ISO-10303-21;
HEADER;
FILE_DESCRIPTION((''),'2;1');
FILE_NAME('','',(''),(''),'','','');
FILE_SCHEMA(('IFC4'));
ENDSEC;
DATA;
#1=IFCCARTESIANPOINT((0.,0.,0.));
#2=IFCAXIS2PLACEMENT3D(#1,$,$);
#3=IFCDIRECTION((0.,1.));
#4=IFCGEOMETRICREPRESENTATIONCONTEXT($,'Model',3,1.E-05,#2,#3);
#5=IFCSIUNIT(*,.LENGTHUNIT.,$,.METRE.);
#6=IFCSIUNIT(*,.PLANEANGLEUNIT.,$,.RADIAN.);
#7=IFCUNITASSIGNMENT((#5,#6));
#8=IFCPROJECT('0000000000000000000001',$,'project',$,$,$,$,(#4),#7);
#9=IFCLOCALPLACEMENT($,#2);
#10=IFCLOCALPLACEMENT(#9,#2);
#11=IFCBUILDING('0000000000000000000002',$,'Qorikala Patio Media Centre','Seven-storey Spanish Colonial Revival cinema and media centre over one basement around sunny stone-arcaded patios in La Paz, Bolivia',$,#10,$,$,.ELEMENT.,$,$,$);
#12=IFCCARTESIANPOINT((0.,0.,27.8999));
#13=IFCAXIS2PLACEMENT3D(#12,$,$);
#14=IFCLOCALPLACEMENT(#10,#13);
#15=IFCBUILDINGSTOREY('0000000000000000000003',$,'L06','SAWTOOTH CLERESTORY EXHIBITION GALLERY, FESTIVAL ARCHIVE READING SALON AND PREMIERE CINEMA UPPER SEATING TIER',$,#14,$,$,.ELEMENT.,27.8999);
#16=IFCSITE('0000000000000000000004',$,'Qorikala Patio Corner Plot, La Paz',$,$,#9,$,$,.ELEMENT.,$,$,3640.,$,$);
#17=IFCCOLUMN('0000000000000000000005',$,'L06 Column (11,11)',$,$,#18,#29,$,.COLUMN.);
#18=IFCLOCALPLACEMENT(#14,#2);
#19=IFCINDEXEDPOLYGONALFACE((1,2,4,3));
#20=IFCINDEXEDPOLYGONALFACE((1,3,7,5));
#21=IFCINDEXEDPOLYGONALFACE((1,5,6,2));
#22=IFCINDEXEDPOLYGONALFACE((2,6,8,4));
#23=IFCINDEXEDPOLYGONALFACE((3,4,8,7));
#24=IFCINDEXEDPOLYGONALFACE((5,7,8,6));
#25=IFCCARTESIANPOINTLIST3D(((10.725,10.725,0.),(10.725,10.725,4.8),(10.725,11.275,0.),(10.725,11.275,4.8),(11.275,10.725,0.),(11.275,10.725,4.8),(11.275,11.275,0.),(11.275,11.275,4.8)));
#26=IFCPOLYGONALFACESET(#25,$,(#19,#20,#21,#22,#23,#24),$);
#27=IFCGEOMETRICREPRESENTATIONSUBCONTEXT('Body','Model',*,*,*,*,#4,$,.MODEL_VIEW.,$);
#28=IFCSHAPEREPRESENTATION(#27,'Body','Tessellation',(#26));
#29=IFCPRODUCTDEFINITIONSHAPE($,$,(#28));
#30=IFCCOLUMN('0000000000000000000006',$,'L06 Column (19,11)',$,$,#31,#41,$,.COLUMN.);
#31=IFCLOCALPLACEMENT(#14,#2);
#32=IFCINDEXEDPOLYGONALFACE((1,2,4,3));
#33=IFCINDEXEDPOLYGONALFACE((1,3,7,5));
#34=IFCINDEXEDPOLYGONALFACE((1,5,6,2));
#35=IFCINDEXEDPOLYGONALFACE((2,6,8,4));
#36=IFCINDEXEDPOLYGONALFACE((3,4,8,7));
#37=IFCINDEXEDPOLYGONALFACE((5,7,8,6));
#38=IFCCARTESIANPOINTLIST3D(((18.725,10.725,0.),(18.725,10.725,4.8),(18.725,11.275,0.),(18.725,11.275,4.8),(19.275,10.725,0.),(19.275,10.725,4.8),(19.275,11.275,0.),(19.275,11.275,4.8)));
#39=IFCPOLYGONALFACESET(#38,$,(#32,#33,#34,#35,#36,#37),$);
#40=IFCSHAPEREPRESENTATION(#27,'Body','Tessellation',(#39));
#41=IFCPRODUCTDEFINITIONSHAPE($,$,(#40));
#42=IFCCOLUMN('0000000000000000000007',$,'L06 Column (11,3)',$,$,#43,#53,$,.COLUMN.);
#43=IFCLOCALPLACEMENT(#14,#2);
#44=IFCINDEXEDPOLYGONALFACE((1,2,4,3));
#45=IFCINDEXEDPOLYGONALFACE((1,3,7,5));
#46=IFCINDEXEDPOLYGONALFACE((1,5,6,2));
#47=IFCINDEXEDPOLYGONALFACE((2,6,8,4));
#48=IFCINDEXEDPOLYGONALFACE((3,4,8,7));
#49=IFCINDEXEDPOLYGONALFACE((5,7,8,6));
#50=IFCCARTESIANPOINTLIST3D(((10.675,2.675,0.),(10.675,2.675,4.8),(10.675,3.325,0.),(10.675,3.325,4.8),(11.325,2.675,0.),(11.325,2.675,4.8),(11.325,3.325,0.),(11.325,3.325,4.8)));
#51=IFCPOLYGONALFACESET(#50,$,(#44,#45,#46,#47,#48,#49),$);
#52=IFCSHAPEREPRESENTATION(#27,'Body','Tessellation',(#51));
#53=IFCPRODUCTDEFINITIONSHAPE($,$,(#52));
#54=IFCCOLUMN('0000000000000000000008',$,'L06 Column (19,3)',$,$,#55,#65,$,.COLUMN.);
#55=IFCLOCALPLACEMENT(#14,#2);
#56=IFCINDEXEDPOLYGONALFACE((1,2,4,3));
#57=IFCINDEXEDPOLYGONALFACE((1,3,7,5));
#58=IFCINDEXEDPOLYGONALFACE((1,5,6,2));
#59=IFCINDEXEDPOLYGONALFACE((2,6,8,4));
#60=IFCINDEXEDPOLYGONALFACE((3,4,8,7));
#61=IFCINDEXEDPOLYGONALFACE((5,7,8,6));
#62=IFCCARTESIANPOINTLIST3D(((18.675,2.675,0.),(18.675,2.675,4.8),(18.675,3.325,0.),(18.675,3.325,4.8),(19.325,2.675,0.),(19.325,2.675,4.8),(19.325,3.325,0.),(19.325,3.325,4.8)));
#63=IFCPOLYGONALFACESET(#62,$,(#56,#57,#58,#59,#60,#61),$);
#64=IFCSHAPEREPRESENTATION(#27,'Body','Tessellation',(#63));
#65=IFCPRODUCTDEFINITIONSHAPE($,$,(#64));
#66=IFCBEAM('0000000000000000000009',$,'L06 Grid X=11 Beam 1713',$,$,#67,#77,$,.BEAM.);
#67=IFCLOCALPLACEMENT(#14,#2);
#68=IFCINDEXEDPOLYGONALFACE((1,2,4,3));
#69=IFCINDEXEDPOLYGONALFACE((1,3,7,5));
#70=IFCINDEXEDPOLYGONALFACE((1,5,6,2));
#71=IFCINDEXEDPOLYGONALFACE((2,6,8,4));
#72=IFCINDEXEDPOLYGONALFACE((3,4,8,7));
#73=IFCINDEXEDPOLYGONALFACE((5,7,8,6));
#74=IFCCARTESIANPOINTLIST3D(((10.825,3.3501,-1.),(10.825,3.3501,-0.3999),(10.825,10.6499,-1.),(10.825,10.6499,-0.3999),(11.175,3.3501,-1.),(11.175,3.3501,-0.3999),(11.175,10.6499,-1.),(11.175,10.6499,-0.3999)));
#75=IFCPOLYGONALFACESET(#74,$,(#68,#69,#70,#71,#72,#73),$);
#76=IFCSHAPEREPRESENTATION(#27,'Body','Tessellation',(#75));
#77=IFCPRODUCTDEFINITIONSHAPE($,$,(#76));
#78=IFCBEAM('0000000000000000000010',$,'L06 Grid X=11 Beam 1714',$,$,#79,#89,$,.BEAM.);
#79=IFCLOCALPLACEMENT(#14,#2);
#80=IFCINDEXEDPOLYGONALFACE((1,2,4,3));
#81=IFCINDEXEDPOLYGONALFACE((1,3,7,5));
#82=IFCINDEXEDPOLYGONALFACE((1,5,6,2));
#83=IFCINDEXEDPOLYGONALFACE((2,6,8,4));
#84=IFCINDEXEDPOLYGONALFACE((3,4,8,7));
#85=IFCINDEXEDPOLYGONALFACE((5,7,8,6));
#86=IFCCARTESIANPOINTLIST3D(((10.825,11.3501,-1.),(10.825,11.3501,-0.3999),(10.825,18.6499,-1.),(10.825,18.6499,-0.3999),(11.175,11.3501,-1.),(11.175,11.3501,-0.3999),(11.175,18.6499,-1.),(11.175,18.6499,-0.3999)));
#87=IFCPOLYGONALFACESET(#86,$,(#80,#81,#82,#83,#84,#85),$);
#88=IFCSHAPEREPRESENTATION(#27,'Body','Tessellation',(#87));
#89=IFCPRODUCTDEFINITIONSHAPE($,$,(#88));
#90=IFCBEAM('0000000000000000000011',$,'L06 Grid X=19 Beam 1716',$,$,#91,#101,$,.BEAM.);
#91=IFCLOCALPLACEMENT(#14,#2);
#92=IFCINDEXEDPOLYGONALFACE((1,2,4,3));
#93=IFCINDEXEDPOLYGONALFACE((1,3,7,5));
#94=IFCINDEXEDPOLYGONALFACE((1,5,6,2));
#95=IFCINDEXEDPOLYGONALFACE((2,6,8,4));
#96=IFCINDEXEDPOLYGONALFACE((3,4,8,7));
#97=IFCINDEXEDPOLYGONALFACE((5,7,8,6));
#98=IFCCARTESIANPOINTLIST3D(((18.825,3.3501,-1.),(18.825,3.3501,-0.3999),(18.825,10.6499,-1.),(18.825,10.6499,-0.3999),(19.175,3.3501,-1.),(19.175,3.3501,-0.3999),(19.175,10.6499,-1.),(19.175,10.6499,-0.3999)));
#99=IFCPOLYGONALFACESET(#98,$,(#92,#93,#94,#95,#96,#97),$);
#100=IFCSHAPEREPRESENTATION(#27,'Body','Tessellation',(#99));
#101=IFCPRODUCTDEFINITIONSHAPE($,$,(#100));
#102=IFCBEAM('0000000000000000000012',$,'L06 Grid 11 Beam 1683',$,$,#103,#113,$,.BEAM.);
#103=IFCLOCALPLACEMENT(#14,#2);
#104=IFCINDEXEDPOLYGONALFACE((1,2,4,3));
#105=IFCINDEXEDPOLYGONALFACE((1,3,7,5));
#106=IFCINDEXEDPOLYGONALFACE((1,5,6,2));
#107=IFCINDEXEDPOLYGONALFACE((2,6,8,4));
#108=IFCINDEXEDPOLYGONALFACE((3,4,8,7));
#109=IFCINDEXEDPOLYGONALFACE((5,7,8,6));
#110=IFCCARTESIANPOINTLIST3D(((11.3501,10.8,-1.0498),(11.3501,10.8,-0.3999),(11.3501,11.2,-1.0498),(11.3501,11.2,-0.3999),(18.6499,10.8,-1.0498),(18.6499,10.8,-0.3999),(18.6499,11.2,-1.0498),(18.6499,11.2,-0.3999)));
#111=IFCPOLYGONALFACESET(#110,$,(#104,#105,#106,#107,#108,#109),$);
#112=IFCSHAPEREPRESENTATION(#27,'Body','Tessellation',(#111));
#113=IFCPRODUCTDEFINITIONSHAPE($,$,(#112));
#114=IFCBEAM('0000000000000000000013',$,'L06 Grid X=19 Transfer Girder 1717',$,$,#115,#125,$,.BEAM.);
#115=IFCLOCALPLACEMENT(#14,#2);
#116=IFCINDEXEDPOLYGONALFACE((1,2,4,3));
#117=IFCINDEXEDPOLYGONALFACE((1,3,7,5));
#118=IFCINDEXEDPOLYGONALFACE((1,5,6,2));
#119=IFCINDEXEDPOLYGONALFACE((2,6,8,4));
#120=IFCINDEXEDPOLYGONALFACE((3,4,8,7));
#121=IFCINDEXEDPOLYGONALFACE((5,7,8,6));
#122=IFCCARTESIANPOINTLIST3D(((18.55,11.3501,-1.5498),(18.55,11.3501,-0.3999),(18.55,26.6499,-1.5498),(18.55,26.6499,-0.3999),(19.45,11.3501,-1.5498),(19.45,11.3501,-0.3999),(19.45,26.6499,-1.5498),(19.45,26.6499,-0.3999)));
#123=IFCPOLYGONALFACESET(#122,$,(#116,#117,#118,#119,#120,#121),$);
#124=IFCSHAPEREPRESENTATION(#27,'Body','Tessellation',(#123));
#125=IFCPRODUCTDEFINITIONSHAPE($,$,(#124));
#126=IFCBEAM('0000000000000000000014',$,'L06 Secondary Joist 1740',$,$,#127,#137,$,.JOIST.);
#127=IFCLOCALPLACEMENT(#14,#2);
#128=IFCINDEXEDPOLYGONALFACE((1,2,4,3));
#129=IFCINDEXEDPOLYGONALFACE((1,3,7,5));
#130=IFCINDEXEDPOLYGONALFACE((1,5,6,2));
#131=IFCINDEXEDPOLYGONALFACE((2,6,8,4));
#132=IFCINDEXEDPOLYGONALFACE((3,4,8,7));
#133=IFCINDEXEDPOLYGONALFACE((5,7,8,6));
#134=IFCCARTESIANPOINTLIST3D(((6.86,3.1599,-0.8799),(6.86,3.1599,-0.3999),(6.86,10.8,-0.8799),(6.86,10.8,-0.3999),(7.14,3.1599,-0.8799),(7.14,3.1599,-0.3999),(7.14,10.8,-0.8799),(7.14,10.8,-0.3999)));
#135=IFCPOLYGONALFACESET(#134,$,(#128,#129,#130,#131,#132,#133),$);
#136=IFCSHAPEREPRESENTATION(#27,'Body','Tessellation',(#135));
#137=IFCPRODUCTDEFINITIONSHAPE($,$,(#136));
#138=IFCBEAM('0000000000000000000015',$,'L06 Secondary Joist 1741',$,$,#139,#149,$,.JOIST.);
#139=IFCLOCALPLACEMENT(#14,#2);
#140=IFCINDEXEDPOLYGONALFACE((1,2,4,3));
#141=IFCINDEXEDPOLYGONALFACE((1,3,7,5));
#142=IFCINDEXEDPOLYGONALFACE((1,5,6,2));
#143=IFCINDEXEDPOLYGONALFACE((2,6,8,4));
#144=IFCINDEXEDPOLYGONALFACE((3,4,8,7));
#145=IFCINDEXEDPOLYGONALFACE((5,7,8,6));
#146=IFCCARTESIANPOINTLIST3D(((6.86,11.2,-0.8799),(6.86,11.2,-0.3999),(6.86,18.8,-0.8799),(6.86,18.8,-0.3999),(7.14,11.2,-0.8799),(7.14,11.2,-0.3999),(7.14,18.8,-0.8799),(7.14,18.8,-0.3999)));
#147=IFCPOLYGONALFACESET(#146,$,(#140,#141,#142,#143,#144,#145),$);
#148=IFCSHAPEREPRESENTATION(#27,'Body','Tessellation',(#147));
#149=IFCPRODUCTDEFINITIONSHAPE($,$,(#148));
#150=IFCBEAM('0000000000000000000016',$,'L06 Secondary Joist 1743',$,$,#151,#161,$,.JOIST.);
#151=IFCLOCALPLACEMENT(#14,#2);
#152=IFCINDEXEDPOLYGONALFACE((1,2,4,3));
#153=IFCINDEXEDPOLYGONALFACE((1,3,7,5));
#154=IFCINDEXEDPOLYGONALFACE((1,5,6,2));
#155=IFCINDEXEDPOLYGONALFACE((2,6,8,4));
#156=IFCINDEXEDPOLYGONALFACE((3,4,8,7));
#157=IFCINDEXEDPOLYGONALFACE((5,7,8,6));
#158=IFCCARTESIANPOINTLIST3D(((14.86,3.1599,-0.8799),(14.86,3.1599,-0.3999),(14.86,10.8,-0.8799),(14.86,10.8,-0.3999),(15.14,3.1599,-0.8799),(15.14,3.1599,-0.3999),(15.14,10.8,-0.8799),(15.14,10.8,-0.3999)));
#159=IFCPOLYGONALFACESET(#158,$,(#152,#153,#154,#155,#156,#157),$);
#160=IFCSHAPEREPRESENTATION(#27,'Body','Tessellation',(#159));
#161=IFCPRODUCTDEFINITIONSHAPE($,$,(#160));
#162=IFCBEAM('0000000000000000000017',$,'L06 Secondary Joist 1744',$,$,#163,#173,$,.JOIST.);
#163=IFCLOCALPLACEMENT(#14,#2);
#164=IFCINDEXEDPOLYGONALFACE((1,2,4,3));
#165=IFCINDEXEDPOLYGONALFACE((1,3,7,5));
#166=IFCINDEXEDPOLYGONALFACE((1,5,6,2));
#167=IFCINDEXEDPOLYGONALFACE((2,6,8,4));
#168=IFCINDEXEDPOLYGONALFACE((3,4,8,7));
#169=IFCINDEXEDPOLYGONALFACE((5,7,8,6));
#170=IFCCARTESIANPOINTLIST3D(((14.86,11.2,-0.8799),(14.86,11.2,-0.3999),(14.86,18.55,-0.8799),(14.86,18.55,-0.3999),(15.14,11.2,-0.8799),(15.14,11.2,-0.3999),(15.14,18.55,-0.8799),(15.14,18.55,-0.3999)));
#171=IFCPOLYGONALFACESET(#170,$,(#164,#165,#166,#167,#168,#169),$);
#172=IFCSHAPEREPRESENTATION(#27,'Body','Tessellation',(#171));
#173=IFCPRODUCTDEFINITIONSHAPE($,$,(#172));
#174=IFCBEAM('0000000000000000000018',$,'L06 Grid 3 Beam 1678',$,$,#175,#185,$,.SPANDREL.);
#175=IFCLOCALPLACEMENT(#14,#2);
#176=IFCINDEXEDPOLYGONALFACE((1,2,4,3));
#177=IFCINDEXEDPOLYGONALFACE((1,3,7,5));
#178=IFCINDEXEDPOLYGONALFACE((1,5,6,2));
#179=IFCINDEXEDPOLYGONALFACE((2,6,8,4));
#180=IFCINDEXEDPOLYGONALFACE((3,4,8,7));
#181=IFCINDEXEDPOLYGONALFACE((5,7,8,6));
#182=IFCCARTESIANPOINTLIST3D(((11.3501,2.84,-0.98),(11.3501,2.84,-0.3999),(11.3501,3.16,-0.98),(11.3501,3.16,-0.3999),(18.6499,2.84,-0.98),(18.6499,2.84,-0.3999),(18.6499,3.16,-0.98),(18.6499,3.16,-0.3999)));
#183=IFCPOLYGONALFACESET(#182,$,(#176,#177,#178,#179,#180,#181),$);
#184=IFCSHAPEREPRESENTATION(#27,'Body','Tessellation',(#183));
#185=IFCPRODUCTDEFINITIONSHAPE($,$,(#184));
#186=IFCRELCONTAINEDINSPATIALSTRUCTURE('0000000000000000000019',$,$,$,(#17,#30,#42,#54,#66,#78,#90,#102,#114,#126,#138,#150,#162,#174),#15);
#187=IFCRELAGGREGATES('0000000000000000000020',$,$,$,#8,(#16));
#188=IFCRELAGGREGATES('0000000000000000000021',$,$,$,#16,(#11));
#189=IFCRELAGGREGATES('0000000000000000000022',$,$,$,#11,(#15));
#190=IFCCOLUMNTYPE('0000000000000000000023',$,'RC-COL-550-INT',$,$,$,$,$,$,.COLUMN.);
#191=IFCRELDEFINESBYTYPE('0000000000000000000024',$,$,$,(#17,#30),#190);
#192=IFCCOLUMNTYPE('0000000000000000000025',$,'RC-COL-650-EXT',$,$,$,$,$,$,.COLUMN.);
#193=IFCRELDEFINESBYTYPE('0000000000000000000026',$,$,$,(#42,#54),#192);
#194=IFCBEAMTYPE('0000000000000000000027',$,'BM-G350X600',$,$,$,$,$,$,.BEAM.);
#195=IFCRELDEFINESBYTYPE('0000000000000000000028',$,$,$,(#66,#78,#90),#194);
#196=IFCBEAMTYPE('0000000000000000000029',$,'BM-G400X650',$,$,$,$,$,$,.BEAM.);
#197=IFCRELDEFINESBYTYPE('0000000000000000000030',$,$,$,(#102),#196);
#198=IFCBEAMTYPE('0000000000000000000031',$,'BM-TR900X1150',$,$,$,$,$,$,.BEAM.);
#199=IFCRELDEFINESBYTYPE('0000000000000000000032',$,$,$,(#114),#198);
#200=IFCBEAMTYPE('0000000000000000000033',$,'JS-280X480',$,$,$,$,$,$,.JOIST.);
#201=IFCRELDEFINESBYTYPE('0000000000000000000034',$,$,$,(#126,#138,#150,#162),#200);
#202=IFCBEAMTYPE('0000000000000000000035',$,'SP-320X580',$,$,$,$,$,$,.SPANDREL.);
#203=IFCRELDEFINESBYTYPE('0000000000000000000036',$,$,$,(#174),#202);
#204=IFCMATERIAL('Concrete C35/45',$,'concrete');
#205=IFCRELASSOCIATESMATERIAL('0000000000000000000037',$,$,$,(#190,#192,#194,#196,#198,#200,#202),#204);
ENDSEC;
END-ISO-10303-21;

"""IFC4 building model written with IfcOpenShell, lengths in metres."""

from ifc_helpers import new_model, si_unit, direction, frame, origin, origin_2d, place, context, subcontext, project, spatial, rectangle, extrude, material, material_profile, profile_set, type_object, element, save


model = new_model("IFC4")

# Units and contexts
model_context = context("Model", 3, precision=1e-05, world=origin(), true_north=direction((0.0, 1.0)))
body_context = subcontext(model_context, "Body", "Model", "MODEL_VIEW")
ifc_project = project(units=[si_unit("LENGTHUNIT", "METRE"), si_unit("PLANEANGLEUNIT", "RADIAN")], contexts=[model_context])

# Site, building, storey
site_placement = place(None, origin())
site = spatial("IfcSite", under=ifc_project, at=site_placement, Name="Qorikala Patio Corner Plot, La Paz", CompositionType="ELEMENT", RefElevation=3640.0)
building_placement = place(site_placement, origin())
building = spatial("IfcBuilding", under=site, at=building_placement, Name="Qorikala Patio Media Centre", Description="Seven-storey Spanish Colonial Revival cinema and media centre over one basement around sunny stone-arcaded patios in La Paz, Bolivia", CompositionType="ELEMENT")
storey_placement = place(building_placement, frame((0.0, 0.0, 27.8999)))
storey = spatial("IfcBuildingStorey", under=building, at=storey_placement, Name="L06", Description="SAWTOOTH CLERESTORY EXHIBITION GALLERY, FESTIVAL ARCHIVE READING SALON AND PREMIERE CINEMA UPPER SEATING TIER", CompositionType="ELEMENT", Elevation=27.8999)

# Columns
ifc_material_1 = material(Name="Concrete C35/45", Category="concrete")
ifc_material_profile_1 = material_profile(ifc_material_1, rectangle(XDim=0.55, YDim=0.55, at=origin_2d()), Name="RC 550x550")
ifc_profile_set_1 = profile_set([ifc_material_profile_1], Name="Concrete C35/45")
column_type_1 = type_object("IfcColumnType", Name="RC-COL-550-INT", PredefinedType="COLUMN", material=ifc_profile_set_1)
for number, where, z_axis, x_axis, name in (
    (1, (11.0, 11.0, 0.0), (0.0, 0.0, 1.0), (1.0, 0.0, 0.0), "L06 Column (11,11)"),
    (2, (19.0, 11.0, 0.0), (0.0, 0.0, 1.0), (1.0, 0.0, 0.0), "L06 Column (19,11)"),
):
    element("IfcColumn", number, at=place(storey_placement, frame(where, z_axis=z_axis, x_axis=x_axis)), inside=storey, type_object=column_type_1, Name=name, PredefinedType="COLUMN", context=body_context, shape_type="SweptSolid", body=[
        extrude(rectangle(XDim=0.55, YDim=0.55, at=origin_2d()), origin(), (0.0, 0.0, 1.0), 4.8),
    ])
ifc_material_profile_2 = material_profile(ifc_material_1, rectangle(XDim=0.6499, YDim=0.6499, at=origin_2d()), Name="RC 650x650")
ifc_profile_set_2 = profile_set([ifc_material_profile_2], Name="Concrete C35/45")
column_type_2 = type_object("IfcColumnType", Name="RC-COL-650-EXT", PredefinedType="COLUMN", material=ifc_profile_set_2)
for number, where, z_axis, x_axis, name in (
    (3, (11.0, 3.0, 0.0), (0.0, 0.0, 1.0), (1.0, 0.0, 0.0), "L06 Column (11,3)"),
    (4, (19.0, 3.0, 0.0), (0.0, 0.0, 1.0), (1.0, 0.0, 0.0), "L06 Column (19,3)"),
):
    element("IfcColumn", number, at=place(storey_placement, frame(where, z_axis=z_axis, x_axis=x_axis)), inside=storey, type_object=column_type_2, Name=name, PredefinedType="COLUMN", context=body_context, shape_type="SweptSolid", body=[
        extrude(rectangle(XDim=0.6499, YDim=0.6499, at=origin_2d()), origin(), (0.0, 0.0, 1.0), 4.8),
    ])

# Beams
ifc_material_profile_3 = material_profile(ifc_material_1, rectangle(XDim=0.3501, YDim=0.6001, at=origin_2d()), Name="RC 350x600")
ifc_profile_set_3 = profile_set([ifc_material_profile_3], Name="Concrete C35/45")
beam_type_1 = type_object("IfcBeamType", Name="BM-G350X600", PredefinedType="BEAM", material=ifc_profile_set_3)
for number, where, z_axis, x_axis, name in (
    (5, (11.0, 3.3501, -0.7), (0.0, 1.0, 0.0), (-1.0, 0.0, 0.0), "L06 Grid X=11 Beam 1713"),
    (6, (11.0, 11.3501, -0.7), (0.0, 1.0, 0.0), (-1.0, 0.0, 0.0), "L06 Grid X=11 Beam 1714"),
    (7, (19.0, 3.3501, -0.7), (0.0, 1.0, 0.0), (-1.0, 0.0, 0.0), "L06 Grid X=19 Beam 1716"),
):
    element("IfcBeam", number, at=place(storey_placement, frame(where, z_axis=z_axis, x_axis=x_axis)), inside=storey, type_object=beam_type_1, Name=name, PredefinedType="BEAM", context=body_context, shape_type="SweptSolid", body=[
        extrude(rectangle(XDim=0.3501, YDim=0.6001, at=origin_2d()), origin(), (0.0, 0.0, 1.0), 7.2998),
    ])
ifc_material_profile_4 = material_profile(ifc_material_1, rectangle(XDim=0.3999, YDim=0.6499, at=origin_2d()), Name="RC 400x650")
ifc_profile_set_4 = profile_set([ifc_material_profile_4], Name="Concrete C35/45")
beam_type_2 = type_object("IfcBeamType", Name="BM-G400X650", PredefinedType="BEAM", material=ifc_profile_set_4)
beam_1_placement = place(storey_placement, frame((11.3501, 11.0, -0.7249), z_axis=(1.0, 0.0, 0.0), x_axis=(0.0, 1.0, 0.0)))
element("IfcBeam", 8, at=beam_1_placement, inside=storey, type_object=beam_type_2, Name="L06 Grid 11 Beam 1683", PredefinedType="BEAM", context=body_context, shape_type="SweptSolid", body=[
    extrude(rectangle(XDim=0.3999, YDim=0.6499, at=origin_2d()), origin(), (0.0, 0.0, 1.0), 7.2998),
])
ifc_material_profile_5 = material_profile(ifc_material_1, rectangle(XDim=0.8999, YDim=1.1499, at=origin_2d()), Name="RC 900x1150")
ifc_profile_set_5 = profile_set([ifc_material_profile_5], Name="Concrete C35/45")
beam_type_3 = type_object("IfcBeamType", Name="BM-TR900X1150", PredefinedType="BEAM", material=ifc_profile_set_5)
beam_2_placement = place(storey_placement, frame((19.0, 11.3501, -0.9749), z_axis=(0.0, 1.0, 0.0), x_axis=(-1.0, 0.0, 0.0)))
element("IfcBeam", 9, at=beam_2_placement, inside=storey, type_object=beam_type_3, Name="L06 Grid X=19 Transfer Girder 1717", PredefinedType="BEAM", context=body_context, shape_type="SweptSolid", body=[
    extrude(rectangle(XDim=0.8999, YDim=1.1499, at=origin_2d()), origin(), (0.0, 0.0, 1.0), 15.2998),
])
ifc_material_profile_6 = material_profile(ifc_material_1, rectangle(XDim=0.28, YDim=0.48, at=origin_2d()), Name="RC 280x480")
ifc_profile_set_6 = profile_set([ifc_material_profile_6], Name="Concrete C35/45")
beam_type_4 = type_object("IfcBeamType", Name="JS-280X480", PredefinedType="JOIST", material=ifc_profile_set_6)
beam_3_placement = place(storey_placement, frame((7.0, 3.1599, -0.6399), z_axis=(0.0, 1.0, 0.0), x_axis=(-1.0, 0.0, 0.0)))
element("IfcBeam", 10, at=beam_3_placement, inside=storey, type_object=beam_type_4, Name="L06 Secondary Joist 1740", PredefinedType="JOIST", context=body_context, shape_type="SweptSolid", body=[
    extrude(rectangle(XDim=0.28, YDim=0.48, at=origin_2d()), origin(), (0.0, 0.0, 1.0), 7.6401),
])
beam_4_placement = place(storey_placement, frame((7.0, 11.2, -0.6399), z_axis=(0.0, 1.0, 0.0), x_axis=(-1.0, 0.0, 0.0)))
element("IfcBeam", 11, at=beam_4_placement, inside=storey, type_object=beam_type_4, Name="L06 Secondary Joist 1741", PredefinedType="JOIST", context=body_context, shape_type="SweptSolid", body=[
    extrude(rectangle(XDim=0.28, YDim=0.48, at=origin_2d()), origin(), (0.0, 0.0, 1.0), 7.6001),
])
beam_5_placement = place(storey_placement, frame((15.0, 3.1599, -0.6399), z_axis=(0.0, 1.0, 0.0), x_axis=(-1.0, 0.0, 0.0)))
element("IfcBeam", 12, at=beam_5_placement, inside=storey, type_object=beam_type_4, Name="L06 Secondary Joist 1743", PredefinedType="JOIST", context=body_context, shape_type="SweptSolid", body=[
    extrude(rectangle(XDim=0.28, YDim=0.48, at=origin_2d()), origin(), (0.0, 0.0, 1.0), 7.6401),
])
beam_6_placement = place(storey_placement, frame((15.0, 11.2, -0.6399), z_axis=(0.0, 1.0, 0.0), x_axis=(-1.0, 0.0, 0.0)))
element("IfcBeam", 13, at=beam_6_placement, inside=storey, type_object=beam_type_4, Name="L06 Secondary Joist 1744", PredefinedType="JOIST", context=body_context, shape_type="SweptSolid", body=[
    extrude(rectangle(XDim=0.28, YDim=0.48, at=origin_2d()), origin(), (0.0, 0.0, 1.0), 7.3501),
])
ifc_material_profile_7 = material_profile(ifc_material_1, rectangle(XDim=0.3201, YDim=0.5801, at=origin_2d()), Name="RC 320x580")
ifc_profile_set_7 = profile_set([ifc_material_profile_7], Name="Concrete C35/45")
beam_type_5 = type_object("IfcBeamType", Name="SP-320X580", PredefinedType="SPANDREL", material=ifc_profile_set_7)
beam_7_placement = place(storey_placement, frame((11.3501, 3.0, -0.6899), z_axis=(1.0, 0.0, 0.0), x_axis=(0.0, 1.0, 0.0)))
element("IfcBeam", 14, at=beam_7_placement, inside=storey, type_object=beam_type_5, Name="L06 Grid 3 Beam 1678", PredefinedType="SPANDREL", context=body_context, shape_type="SweptSolid", body=[
    extrude(rectangle(XDim=0.3201, YDim=0.5801, at=origin_2d()), origin(), (0.0, 0.0, 1.0), 7.2998),
])

save(model, "model.ifc")
